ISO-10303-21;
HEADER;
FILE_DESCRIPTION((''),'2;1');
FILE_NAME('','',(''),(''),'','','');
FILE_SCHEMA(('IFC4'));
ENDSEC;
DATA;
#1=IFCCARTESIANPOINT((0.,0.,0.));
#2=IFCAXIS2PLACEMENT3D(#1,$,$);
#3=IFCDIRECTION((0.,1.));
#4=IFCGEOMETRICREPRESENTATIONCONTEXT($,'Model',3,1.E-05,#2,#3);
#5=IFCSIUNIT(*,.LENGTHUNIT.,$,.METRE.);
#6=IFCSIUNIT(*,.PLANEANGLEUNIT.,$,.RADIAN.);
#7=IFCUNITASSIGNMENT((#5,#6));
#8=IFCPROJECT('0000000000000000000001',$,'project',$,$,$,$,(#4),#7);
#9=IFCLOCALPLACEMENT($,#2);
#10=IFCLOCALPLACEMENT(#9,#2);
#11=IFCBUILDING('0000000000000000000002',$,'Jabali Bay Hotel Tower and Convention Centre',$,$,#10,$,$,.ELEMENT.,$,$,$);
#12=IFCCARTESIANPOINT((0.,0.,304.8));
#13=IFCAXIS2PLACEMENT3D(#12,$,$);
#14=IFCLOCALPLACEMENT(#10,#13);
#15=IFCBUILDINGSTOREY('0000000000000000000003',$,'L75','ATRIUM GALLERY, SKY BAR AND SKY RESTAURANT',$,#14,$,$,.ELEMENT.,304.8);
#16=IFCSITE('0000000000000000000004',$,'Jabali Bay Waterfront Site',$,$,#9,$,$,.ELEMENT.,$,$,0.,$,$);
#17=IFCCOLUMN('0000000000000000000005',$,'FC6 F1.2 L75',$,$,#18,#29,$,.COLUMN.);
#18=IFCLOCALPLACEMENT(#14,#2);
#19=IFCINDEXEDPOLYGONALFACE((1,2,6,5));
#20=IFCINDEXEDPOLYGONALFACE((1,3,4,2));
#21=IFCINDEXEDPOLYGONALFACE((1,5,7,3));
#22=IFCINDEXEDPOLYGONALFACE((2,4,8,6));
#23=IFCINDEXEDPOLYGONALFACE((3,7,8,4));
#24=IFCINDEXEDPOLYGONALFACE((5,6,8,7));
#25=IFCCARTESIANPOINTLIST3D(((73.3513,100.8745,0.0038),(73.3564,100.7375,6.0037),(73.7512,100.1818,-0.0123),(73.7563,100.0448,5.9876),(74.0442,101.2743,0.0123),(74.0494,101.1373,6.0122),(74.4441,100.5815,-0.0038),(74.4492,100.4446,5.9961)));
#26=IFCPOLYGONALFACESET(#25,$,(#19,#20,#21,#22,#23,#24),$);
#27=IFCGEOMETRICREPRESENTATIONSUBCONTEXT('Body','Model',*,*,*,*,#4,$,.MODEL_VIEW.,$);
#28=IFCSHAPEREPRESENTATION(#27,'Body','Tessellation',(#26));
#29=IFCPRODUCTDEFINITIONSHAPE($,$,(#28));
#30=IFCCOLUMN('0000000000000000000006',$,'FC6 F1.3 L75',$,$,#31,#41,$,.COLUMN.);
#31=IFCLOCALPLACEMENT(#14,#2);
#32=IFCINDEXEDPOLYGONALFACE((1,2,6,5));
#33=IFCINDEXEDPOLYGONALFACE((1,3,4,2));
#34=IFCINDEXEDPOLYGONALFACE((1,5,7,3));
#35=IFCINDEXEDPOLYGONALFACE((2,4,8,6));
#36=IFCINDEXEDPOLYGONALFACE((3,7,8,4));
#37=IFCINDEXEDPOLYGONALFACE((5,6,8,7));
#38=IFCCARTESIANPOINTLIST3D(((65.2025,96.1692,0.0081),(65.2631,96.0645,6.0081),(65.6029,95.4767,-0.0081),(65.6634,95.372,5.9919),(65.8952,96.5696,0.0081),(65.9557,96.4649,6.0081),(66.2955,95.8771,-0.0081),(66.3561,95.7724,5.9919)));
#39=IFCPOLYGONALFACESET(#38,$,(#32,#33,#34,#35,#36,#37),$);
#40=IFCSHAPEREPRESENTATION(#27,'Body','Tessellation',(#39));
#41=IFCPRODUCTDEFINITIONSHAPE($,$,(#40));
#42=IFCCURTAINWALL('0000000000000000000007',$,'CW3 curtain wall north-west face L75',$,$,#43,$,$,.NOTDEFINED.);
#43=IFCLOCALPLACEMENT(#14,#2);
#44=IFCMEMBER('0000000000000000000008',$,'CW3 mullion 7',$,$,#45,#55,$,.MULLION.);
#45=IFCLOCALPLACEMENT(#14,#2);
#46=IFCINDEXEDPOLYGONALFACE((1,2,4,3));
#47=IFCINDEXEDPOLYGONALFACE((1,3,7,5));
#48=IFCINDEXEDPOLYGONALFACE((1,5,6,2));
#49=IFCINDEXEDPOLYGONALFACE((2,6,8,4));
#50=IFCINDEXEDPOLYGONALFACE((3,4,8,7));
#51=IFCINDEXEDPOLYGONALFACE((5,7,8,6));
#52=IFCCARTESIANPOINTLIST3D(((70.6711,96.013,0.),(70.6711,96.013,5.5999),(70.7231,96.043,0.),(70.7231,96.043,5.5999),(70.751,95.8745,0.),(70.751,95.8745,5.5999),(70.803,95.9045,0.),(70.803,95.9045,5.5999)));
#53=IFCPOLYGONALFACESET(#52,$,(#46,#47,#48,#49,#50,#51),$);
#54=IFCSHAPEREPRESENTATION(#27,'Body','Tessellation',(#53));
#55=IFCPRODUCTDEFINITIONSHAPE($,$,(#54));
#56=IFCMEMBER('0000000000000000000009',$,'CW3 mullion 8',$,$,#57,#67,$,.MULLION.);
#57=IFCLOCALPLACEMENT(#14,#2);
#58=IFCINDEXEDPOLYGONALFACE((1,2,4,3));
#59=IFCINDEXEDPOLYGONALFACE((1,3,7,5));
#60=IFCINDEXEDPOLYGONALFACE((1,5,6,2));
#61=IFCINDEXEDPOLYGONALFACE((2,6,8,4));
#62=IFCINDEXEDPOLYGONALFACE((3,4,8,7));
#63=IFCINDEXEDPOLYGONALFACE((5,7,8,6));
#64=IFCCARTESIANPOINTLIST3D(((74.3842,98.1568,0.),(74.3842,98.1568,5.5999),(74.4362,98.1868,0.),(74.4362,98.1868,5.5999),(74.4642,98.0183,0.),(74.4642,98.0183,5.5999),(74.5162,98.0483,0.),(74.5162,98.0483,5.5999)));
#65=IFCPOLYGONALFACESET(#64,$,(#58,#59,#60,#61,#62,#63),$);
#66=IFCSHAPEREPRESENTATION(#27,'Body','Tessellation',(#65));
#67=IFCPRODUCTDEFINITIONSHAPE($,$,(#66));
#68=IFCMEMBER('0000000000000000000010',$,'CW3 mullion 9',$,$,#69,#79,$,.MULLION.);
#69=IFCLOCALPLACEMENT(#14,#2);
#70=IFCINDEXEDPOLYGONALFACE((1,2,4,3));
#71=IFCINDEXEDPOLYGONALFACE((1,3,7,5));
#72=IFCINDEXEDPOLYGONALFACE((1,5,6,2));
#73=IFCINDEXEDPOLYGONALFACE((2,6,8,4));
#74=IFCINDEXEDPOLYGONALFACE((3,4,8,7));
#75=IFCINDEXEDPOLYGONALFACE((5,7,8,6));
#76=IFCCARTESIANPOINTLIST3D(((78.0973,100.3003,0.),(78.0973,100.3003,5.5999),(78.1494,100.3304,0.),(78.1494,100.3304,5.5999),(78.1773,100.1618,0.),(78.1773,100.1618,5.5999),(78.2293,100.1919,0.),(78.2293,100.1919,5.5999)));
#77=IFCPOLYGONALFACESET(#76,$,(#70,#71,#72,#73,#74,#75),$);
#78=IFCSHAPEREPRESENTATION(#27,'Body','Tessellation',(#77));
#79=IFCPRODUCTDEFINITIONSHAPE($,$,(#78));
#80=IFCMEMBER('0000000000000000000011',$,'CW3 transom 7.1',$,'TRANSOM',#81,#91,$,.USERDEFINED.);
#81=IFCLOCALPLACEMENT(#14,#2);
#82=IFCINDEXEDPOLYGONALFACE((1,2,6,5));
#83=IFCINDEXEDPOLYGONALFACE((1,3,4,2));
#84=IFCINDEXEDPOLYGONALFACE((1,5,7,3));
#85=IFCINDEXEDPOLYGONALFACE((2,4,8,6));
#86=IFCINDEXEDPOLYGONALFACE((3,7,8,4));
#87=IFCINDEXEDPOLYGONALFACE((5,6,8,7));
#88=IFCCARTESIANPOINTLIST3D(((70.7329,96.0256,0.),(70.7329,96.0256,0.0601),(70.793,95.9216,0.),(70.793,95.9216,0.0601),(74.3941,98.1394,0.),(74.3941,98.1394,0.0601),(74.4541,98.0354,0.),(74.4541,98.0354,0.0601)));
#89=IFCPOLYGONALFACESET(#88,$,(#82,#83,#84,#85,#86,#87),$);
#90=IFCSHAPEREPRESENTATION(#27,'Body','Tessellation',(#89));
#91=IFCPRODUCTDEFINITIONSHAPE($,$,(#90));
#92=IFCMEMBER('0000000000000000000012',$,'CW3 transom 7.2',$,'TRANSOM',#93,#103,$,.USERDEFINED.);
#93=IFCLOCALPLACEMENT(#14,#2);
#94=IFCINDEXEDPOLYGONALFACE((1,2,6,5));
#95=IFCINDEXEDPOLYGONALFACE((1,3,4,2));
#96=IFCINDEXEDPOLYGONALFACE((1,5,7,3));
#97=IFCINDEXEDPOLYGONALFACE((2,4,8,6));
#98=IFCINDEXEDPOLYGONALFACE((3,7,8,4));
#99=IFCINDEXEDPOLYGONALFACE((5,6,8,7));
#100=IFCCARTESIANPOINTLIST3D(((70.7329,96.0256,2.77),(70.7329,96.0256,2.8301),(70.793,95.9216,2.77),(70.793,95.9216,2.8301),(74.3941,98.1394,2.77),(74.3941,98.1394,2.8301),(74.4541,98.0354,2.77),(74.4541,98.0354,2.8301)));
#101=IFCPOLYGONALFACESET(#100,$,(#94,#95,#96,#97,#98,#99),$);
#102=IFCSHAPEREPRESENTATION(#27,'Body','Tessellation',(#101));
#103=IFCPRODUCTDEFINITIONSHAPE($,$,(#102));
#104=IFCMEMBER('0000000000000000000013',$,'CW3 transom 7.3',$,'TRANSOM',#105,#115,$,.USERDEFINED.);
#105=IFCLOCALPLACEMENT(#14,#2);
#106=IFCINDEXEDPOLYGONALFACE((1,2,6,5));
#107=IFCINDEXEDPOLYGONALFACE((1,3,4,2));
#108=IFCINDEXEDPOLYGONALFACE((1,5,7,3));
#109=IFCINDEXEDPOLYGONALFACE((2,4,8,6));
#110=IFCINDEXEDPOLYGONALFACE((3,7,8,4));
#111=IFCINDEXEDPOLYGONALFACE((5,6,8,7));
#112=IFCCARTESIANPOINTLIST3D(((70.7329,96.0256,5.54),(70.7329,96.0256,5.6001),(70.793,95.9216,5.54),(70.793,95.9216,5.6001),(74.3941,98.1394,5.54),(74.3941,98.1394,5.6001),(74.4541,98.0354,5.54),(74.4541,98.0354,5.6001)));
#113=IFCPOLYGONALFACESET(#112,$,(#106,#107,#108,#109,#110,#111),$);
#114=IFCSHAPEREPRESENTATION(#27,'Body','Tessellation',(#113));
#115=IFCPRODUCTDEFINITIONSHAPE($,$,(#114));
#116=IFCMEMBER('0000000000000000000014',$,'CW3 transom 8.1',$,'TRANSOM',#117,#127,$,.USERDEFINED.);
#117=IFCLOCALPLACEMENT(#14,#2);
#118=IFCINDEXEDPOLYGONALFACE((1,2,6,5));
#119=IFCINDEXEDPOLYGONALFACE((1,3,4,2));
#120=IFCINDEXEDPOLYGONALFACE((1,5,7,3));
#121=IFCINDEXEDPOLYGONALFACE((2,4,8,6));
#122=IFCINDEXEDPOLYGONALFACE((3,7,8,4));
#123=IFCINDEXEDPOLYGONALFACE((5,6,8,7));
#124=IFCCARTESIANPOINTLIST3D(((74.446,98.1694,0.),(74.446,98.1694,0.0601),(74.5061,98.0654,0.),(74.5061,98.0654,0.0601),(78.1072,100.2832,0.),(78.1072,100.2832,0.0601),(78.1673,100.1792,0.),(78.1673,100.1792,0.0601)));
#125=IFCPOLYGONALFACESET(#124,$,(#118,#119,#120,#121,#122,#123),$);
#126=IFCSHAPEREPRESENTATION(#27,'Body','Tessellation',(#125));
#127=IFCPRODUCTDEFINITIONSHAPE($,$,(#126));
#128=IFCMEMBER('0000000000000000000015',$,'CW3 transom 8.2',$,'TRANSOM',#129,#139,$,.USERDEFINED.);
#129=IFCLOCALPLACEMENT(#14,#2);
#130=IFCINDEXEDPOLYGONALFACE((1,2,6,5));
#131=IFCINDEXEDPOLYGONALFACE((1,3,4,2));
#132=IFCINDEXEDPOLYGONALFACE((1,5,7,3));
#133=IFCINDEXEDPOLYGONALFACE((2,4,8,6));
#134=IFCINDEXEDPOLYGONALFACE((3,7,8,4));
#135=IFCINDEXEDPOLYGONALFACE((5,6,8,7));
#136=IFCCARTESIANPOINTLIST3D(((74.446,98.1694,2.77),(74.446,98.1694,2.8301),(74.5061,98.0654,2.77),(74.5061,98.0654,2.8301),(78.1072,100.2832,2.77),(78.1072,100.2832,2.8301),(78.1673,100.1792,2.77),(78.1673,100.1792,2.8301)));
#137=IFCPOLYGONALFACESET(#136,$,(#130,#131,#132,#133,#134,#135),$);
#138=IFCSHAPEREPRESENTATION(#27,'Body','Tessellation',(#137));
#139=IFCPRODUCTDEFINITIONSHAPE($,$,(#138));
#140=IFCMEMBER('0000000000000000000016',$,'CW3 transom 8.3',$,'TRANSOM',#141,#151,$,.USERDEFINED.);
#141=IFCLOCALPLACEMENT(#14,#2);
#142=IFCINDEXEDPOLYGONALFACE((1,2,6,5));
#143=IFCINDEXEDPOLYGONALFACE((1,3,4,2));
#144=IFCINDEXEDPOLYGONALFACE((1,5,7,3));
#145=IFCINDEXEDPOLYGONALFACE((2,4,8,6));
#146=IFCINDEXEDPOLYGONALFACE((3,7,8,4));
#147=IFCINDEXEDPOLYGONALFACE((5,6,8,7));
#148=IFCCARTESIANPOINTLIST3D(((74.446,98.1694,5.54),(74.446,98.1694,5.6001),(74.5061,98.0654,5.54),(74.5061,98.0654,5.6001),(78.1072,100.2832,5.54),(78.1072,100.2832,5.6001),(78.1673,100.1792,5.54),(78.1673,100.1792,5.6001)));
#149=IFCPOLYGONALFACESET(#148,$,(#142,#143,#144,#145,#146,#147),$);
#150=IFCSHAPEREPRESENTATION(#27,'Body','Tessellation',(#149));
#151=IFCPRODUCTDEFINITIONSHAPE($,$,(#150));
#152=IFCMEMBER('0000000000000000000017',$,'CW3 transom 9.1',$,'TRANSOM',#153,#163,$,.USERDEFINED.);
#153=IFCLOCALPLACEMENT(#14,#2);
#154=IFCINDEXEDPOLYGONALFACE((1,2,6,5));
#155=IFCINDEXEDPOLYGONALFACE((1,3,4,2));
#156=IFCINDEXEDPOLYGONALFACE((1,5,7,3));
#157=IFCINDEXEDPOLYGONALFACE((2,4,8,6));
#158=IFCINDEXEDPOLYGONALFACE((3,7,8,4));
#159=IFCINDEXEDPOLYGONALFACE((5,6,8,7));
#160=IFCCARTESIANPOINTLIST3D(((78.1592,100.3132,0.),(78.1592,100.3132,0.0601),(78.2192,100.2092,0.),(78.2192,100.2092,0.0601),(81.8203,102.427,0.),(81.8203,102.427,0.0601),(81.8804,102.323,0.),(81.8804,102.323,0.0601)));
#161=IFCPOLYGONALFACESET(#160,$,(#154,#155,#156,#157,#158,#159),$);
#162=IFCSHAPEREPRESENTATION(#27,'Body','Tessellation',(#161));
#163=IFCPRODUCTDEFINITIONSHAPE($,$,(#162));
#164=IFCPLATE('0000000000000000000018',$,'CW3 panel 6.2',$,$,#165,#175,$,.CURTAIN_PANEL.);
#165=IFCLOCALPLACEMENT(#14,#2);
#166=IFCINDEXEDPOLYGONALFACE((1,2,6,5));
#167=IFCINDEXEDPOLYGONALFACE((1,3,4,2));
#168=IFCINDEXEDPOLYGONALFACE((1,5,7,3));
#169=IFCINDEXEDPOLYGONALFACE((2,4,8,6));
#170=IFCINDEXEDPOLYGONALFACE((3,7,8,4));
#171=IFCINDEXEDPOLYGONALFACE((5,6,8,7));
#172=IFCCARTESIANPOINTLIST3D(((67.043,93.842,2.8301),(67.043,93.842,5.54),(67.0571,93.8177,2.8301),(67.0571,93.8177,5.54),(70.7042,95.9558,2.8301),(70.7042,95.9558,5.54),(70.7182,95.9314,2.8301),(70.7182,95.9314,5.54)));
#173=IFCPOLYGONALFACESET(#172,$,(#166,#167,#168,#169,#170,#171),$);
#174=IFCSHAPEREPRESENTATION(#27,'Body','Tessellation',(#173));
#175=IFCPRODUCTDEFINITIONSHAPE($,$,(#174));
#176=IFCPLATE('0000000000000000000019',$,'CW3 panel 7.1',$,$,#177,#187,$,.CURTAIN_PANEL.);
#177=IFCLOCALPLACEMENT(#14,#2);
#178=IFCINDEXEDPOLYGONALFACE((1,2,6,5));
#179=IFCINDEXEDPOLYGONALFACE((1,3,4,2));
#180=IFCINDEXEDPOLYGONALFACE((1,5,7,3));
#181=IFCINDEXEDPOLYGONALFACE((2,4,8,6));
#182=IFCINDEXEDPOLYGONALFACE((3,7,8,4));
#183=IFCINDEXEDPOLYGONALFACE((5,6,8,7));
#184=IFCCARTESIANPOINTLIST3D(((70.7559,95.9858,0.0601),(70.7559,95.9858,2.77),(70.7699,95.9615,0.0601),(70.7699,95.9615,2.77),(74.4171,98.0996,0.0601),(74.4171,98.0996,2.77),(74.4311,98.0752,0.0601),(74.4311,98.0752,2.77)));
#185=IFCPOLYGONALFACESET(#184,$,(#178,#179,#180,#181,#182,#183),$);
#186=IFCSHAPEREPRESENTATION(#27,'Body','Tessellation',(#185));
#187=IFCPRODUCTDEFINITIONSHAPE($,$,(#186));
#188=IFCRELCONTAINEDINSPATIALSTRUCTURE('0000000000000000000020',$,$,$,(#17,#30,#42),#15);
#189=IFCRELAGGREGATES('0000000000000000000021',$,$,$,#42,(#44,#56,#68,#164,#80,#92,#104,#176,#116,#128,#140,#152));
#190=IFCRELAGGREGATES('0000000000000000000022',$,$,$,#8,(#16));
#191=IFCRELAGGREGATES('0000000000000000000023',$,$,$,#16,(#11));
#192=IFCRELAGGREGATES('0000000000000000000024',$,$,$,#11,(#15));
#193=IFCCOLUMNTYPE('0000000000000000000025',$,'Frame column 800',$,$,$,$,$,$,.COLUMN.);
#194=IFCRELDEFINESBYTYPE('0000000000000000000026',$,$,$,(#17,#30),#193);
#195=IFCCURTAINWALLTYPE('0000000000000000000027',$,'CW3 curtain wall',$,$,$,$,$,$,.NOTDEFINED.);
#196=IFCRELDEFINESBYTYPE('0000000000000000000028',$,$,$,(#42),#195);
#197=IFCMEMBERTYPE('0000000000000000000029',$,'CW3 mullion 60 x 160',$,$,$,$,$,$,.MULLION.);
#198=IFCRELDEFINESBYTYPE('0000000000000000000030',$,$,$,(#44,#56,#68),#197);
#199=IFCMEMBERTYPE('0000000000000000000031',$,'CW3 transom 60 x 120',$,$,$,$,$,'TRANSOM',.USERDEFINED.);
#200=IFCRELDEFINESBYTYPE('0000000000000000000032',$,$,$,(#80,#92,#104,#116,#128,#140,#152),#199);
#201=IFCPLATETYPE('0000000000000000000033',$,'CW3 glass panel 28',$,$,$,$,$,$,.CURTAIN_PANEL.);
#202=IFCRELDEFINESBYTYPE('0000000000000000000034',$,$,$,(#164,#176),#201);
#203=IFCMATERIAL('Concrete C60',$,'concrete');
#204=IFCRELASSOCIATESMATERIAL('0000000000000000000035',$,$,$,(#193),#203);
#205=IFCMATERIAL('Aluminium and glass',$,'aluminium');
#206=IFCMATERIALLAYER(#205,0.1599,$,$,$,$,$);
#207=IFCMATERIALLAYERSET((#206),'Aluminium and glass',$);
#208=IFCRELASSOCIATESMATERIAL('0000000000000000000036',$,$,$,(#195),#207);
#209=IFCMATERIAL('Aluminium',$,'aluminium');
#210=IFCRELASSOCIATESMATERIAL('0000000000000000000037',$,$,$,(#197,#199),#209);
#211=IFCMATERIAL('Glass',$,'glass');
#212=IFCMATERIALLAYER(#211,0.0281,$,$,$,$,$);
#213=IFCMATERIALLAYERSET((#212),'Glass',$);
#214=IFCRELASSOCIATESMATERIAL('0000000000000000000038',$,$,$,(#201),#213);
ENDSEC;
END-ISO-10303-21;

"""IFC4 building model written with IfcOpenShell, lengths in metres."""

from ifc_helpers import new_model, si_unit, direction, frame, origin, origin_2d, place, context, subcontext, project, spatial, rectangle, extrude, material, layer, layer_set, material_profile, profile_set, type_object, element, aggregate, save


model = new_model("IFC4")

# Units and contexts
model_context = context("Model", 3, precision=1e-05, world=origin(), true_north=direction((0.0, 1.0)))
body_context = subcontext(model_context, "Body", "Model", "MODEL_VIEW")
ifc_project = project(units=[si_unit("LENGTHUNIT", "METRE"), si_unit("PLANEANGLEUNIT", "RADIAN")], contexts=[model_context])

# Site, building, storey
site_placement = place(None, origin())
site = spatial("IfcSite", under=ifc_project, at=site_placement, Name="Jabali Bay Waterfront Site", CompositionType="ELEMENT", RefElevation=0.0)
building_placement = place(site_placement, origin())
building = spatial("IfcBuilding", under=site, at=building_placement, Name="Jabali Bay Hotel Tower and Convention Centre", CompositionType="ELEMENT")
storey_placement = place(building_placement, frame((0.0, 0.0, 304.8)))
storey = spatial("IfcBuildingStorey", under=building, at=storey_placement, Name="L75", Description="ATRIUM GALLERY, SKY BAR AND SKY RESTAURANT", CompositionType="ELEMENT", Elevation=304.8)

# Columns
ifc_material_1 = material(Name="Concrete C60", Category="concrete")
ifc_material_profile_1 = material_profile(ifc_material_1, rectangle(XDim=0.8, YDim=0.8, at=origin_2d()), Name="Frame column 800")
ifc_profile_set_1 = profile_set([ifc_material_profile_1], Name="Concrete C60")
column_type = type_object("IfcColumnType", Name="Frame column 800", PredefinedType="COLUMN", material=ifc_profile_set_1)
column_1_placement = place(storey_placement, frame((73.8977, 100.728, 0.0), z_axis=(0.000854, -0.022821, 0.999739), x_axis=(0.866126, 0.499711, 0.010667)))
element("IfcColumn", 1, at=column_1_placement, inside=storey, type_object=column_type, Name="FC6 F1.2 L75", PredefinedType="COLUMN", context=body_context, shape_type="SweptSolid", body=[
    extrude(rectangle(XDim=0.8, YDim=0.8, at=origin_2d()), origin(), (0.0, 0.0, 1.0), 6.0015),
])
column_2_placement = place(storey_placement, frame((65.749, 96.0232, 0.0), z_axis=(0.010089, -0.017453, 0.999797), x_axis=(-0.500377, 0.865573, 0.020159)))
element("IfcColumn", 2, at=column_2_placement, inside=storey, type_object=column_type, Name="FC6 F1.3 L75", PredefinedType="COLUMN", context=body_context, shape_type="SweptSolid", body=[
    extrude(rectangle(XDim=0.8, YDim=0.8, at=origin_2d()), origin(), (0.0, 0.0, 1.0), 6.0012),
])

# Curtain wall, members, plates
ifc_material_2 = material(Name="Aluminium and glass", Category="aluminium")
ifc_layer_1 = layer(ifc_material_2, 0.1599)
ifc_layer_set_1 = layer_set([ifc_layer_1], Name="Aluminium and glass")
curtain_wall_type = type_object("IfcCurtainWallType", Name="CW3 curtain wall", PredefinedType="NOTDEFINED", material=ifc_layer_set_1)
curtain_wall_placement = place(storey_placement, origin())
curtain_wall = element("IfcCurtainWall", 3, at=curtain_wall_placement, inside=storey, type_object=curtain_wall_type, Name="CW3 curtain wall north-west face L75", PredefinedType="NOTDEFINED")
ifc_material_3 = material(Name="Aluminium", Category="aluminium")
ifc_material_profile_2 = material_profile(ifc_material_3, rectangle(XDim=0.1599, YDim=0.0601, at=origin_2d()), Name="CW3 mullion 60 x 160")
ifc_profile_set_2 = profile_set([ifc_material_profile_2], Name="Aluminium")
member_type_1 = type_object("IfcMemberType", Name="CW3 mullion 60 x 160", PredefinedType="MULLION", material=ifc_profile_set_2)
member_1_placement = place(storey_placement, frame((70.7371, 95.9587, 0.0), z_axis=(0.0, 0.0, 1.0), x_axis=(-0.5, 0.866025, 0.0)))
member_1 = element("IfcMember", 4, at=member_1_placement, type_object=member_type_1, Name="CW3 mullion 7", PredefinedType="MULLION", context=body_context, shape_type="SweptSolid", body=[
    extrude(rectangle(XDim=0.1599, YDim=0.0601, at=origin_2d()), origin(), (0.0, 0.0, 1.0), 5.5999),
])
member_2_placement = place(storey_placement, frame((74.4502, 98.1025, 0.0), z_axis=(0.0, 0.0, 1.0), x_axis=(-0.5, 0.866025, 0.0)))
member_2 = element("IfcMember", 5, at=member_2_placement, type_object=member_type_1, Name="CW3 mullion 8", PredefinedType="MULLION", context=body_context, shape_type="SweptSolid", body=[
    extrude(rectangle(XDim=0.1599, YDim=0.0601, at=origin_2d()), origin(), (0.0, 0.0, 1.0), 5.5999),
])
member_3_placement = place(storey_placement, frame((78.1633, 100.2461, 0.0), z_axis=(0.0, 0.0, 1.0), x_axis=(-0.5, 0.866025, 0.0)))
member_3 = element("IfcMember", 6, at=member_3_placement, type_object=member_type_1, Name="CW3 mullion 9", PredefinedType="MULLION", context=body_context, shape_type="SweptSolid", body=[
    extrude(rectangle(XDim=0.1599, YDim=0.0601, at=origin_2d()), origin(), (0.0, 0.0, 1.0), 5.5999),
])
ifc_material_profile_3 = material_profile(ifc_material_3, rectangle(XDim=0.1201, YDim=0.0601, at=origin_2d()), Name="CW3 transom 60 x 120")
ifc_profile_set_3 = profile_set([ifc_material_profile_3], Name="Aluminium")
member_type_2 = type_object("IfcMemberType", Name="CW3 transom 60 x 120", ElementType="TRANSOM", PredefinedType="USERDEFINED", material=ifc_profile_set_3)
member_4_placement = place(storey_placement, frame((70.7629, 95.9736, 0.03), z_axis=(0.866024, 0.500002, 0.0), x_axis=(-0.500002, 0.866024, 0.0)))
member_4 = element("IfcMember", 7, at=member_4_placement, type_object=member_type_2, Name="CW3 transom 7.1", ObjectType="TRANSOM", PredefinedType="USERDEFINED", context=body_context, shape_type="SweptSolid", body=[
    extrude(rectangle(XDim=0.1201, YDim=0.0601, at=origin_2d()), origin(), (0.0, 0.0, 1.0), 4.2275),
])
member_5_placement = place(storey_placement, frame((70.7629, 95.9736, 2.8), z_axis=(0.866024, 0.500002, 0.0), x_axis=(-0.500002, 0.866024, 0.0)))
member_5 = element("IfcMember", 8, at=member_5_placement, type_object=member_type_2, Name="CW3 transom 7.2", ObjectType="TRANSOM", PredefinedType="USERDEFINED", context=body_context, shape_type="SweptSolid", body=[
    extrude(rectangle(XDim=0.1201, YDim=0.0601, at=origin_2d()), origin(), (0.0, 0.0, 1.0), 4.2275),
])
member_6_placement = place(storey_placement, frame((70.7629, 95.9736, 5.5701), z_axis=(0.866024, 0.500002, 0.0), x_axis=(-0.500002, 0.866024, 0.0)))
member_6 = element("IfcMember", 9, at=member_6_placement, type_object=member_type_2, Name="CW3 transom 7.3", ObjectType="TRANSOM", PredefinedType="USERDEFINED", context=body_context, shape_type="SweptSolid", body=[
    extrude(rectangle(XDim=0.1201, YDim=0.0601, at=origin_2d()), origin(), (0.0, 0.0, 1.0), 4.2275),
])
member_7_placement = place(storey_placement, frame((74.4761, 98.1174, 0.03), z_axis=(0.866024, 0.500002, 0.0), x_axis=(-0.500002, 0.866024, 0.0)))
member_7 = element("IfcMember", 10, at=member_7_placement, type_object=member_type_2, Name="CW3 transom 8.1", ObjectType="TRANSOM", PredefinedType="USERDEFINED", context=body_context, shape_type="SweptSolid", body=[
    extrude(rectangle(XDim=0.1201, YDim=0.0601, at=origin_2d()), origin(), (0.0, 0.0, 1.0), 4.2275),
])
member_8_placement = place(storey_placement, frame((74.4761, 98.1174, 2.8), z_axis=(0.866024, 0.500002, 0.0), x_axis=(-0.500002, 0.866024, 0.0)))
member_8 = element("IfcMember", 11, at=member_8_placement, type_object=member_type_2, Name="CW3 transom 8.2", ObjectType="TRANSOM", PredefinedType="USERDEFINED", context=body_context, shape_type="SweptSolid", body=[
    extrude(rectangle(XDim=0.1201, YDim=0.0601, at=origin_2d()), origin(), (0.0, 0.0, 1.0), 4.2275),
])
member_9_placement = place(storey_placement, frame((74.4761, 98.1174, 5.5701), z_axis=(0.866024, 0.500002, 0.0), x_axis=(-0.500002, 0.866024, 0.0)))
member_9 = element("IfcMember", 12, at=member_9_placement, type_object=member_type_2, Name="CW3 transom 8.3", ObjectType="TRANSOM", PredefinedType="USERDEFINED", context=body_context, shape_type="SweptSolid", body=[
    extrude(rectangle(XDim=0.1201, YDim=0.0601, at=origin_2d()), origin(), (0.0, 0.0, 1.0), 4.2275),
])
member_10_placement = place(storey_placement, frame((78.1892, 100.2612, 0.03), z_axis=(0.866024, 0.500002, 0.0), x_axis=(-0.500002, 0.866024, 0.0)))
member_10 = element("IfcMember", 13, at=member_10_placement, type_object=member_type_2, Name="CW3 transom 9.1", ObjectType="TRANSOM", PredefinedType="USERDEFINED", context=body_context, shape_type="SweptSolid", body=[
    extrude(rectangle(XDim=0.1201, YDim=0.0601, at=origin_2d()), origin(), (0.0, 0.0, 1.0), 4.2275),
])
ifc_material_4 = material(Name="Glass", Category="glass")
ifc_layer_2 = layer(ifc_material_4, 0.0281)
ifc_layer_set_2 = layer_set([ifc_layer_2], Name="Glass")
plate_type = type_object("IfcPlateType", Name="CW3 glass panel 28", PredefinedType="CURTAIN_PANEL", material=ifc_layer_set_2)
plate_1_placement = place(storey_placement, frame((68.8806, 94.8867, 2.8301), z_axis=(0.0, 0.0, 1.0), x_axis=(0.866025, 0.5, 0.0)))
plate_1 = element("IfcPlate", 14, at=plate_1_placement, type_object=plate_type, Name="CW3 panel 6.2", PredefinedType="CURTAIN_PANEL", context=body_context, shape_type="SweptSolid", body=[
    extrude(rectangle(XDim=4.2275, YDim=0.0281, at=origin_2d()), origin(), (0.0, 0.0, 1.0), 2.71),
])
plate_2_placement = place(storey_placement, frame((72.5935, 97.0305, 0.0601), z_axis=(0.0, 0.0, 1.0), x_axis=(0.866025, 0.5, 0.0)))
plate_2 = element("IfcPlate", 15, at=plate_2_placement, type_object=plate_type, Name="CW3 panel 7.1", PredefinedType="CURTAIN_PANEL", context=body_context, shape_type="SweptSolid", body=[
    extrude(rectangle(XDim=4.2275, YDim=0.0281, at=origin_2d()), origin(), (0.0, 0.0, 1.0), 2.71),
])
aggregate(curtain_wall, [member_1, member_2, member_3, plate_1, member_4, member_5, member_6, plate_2, member_7, member_8, member_9, member_10])

save(model, "model.ifc")
